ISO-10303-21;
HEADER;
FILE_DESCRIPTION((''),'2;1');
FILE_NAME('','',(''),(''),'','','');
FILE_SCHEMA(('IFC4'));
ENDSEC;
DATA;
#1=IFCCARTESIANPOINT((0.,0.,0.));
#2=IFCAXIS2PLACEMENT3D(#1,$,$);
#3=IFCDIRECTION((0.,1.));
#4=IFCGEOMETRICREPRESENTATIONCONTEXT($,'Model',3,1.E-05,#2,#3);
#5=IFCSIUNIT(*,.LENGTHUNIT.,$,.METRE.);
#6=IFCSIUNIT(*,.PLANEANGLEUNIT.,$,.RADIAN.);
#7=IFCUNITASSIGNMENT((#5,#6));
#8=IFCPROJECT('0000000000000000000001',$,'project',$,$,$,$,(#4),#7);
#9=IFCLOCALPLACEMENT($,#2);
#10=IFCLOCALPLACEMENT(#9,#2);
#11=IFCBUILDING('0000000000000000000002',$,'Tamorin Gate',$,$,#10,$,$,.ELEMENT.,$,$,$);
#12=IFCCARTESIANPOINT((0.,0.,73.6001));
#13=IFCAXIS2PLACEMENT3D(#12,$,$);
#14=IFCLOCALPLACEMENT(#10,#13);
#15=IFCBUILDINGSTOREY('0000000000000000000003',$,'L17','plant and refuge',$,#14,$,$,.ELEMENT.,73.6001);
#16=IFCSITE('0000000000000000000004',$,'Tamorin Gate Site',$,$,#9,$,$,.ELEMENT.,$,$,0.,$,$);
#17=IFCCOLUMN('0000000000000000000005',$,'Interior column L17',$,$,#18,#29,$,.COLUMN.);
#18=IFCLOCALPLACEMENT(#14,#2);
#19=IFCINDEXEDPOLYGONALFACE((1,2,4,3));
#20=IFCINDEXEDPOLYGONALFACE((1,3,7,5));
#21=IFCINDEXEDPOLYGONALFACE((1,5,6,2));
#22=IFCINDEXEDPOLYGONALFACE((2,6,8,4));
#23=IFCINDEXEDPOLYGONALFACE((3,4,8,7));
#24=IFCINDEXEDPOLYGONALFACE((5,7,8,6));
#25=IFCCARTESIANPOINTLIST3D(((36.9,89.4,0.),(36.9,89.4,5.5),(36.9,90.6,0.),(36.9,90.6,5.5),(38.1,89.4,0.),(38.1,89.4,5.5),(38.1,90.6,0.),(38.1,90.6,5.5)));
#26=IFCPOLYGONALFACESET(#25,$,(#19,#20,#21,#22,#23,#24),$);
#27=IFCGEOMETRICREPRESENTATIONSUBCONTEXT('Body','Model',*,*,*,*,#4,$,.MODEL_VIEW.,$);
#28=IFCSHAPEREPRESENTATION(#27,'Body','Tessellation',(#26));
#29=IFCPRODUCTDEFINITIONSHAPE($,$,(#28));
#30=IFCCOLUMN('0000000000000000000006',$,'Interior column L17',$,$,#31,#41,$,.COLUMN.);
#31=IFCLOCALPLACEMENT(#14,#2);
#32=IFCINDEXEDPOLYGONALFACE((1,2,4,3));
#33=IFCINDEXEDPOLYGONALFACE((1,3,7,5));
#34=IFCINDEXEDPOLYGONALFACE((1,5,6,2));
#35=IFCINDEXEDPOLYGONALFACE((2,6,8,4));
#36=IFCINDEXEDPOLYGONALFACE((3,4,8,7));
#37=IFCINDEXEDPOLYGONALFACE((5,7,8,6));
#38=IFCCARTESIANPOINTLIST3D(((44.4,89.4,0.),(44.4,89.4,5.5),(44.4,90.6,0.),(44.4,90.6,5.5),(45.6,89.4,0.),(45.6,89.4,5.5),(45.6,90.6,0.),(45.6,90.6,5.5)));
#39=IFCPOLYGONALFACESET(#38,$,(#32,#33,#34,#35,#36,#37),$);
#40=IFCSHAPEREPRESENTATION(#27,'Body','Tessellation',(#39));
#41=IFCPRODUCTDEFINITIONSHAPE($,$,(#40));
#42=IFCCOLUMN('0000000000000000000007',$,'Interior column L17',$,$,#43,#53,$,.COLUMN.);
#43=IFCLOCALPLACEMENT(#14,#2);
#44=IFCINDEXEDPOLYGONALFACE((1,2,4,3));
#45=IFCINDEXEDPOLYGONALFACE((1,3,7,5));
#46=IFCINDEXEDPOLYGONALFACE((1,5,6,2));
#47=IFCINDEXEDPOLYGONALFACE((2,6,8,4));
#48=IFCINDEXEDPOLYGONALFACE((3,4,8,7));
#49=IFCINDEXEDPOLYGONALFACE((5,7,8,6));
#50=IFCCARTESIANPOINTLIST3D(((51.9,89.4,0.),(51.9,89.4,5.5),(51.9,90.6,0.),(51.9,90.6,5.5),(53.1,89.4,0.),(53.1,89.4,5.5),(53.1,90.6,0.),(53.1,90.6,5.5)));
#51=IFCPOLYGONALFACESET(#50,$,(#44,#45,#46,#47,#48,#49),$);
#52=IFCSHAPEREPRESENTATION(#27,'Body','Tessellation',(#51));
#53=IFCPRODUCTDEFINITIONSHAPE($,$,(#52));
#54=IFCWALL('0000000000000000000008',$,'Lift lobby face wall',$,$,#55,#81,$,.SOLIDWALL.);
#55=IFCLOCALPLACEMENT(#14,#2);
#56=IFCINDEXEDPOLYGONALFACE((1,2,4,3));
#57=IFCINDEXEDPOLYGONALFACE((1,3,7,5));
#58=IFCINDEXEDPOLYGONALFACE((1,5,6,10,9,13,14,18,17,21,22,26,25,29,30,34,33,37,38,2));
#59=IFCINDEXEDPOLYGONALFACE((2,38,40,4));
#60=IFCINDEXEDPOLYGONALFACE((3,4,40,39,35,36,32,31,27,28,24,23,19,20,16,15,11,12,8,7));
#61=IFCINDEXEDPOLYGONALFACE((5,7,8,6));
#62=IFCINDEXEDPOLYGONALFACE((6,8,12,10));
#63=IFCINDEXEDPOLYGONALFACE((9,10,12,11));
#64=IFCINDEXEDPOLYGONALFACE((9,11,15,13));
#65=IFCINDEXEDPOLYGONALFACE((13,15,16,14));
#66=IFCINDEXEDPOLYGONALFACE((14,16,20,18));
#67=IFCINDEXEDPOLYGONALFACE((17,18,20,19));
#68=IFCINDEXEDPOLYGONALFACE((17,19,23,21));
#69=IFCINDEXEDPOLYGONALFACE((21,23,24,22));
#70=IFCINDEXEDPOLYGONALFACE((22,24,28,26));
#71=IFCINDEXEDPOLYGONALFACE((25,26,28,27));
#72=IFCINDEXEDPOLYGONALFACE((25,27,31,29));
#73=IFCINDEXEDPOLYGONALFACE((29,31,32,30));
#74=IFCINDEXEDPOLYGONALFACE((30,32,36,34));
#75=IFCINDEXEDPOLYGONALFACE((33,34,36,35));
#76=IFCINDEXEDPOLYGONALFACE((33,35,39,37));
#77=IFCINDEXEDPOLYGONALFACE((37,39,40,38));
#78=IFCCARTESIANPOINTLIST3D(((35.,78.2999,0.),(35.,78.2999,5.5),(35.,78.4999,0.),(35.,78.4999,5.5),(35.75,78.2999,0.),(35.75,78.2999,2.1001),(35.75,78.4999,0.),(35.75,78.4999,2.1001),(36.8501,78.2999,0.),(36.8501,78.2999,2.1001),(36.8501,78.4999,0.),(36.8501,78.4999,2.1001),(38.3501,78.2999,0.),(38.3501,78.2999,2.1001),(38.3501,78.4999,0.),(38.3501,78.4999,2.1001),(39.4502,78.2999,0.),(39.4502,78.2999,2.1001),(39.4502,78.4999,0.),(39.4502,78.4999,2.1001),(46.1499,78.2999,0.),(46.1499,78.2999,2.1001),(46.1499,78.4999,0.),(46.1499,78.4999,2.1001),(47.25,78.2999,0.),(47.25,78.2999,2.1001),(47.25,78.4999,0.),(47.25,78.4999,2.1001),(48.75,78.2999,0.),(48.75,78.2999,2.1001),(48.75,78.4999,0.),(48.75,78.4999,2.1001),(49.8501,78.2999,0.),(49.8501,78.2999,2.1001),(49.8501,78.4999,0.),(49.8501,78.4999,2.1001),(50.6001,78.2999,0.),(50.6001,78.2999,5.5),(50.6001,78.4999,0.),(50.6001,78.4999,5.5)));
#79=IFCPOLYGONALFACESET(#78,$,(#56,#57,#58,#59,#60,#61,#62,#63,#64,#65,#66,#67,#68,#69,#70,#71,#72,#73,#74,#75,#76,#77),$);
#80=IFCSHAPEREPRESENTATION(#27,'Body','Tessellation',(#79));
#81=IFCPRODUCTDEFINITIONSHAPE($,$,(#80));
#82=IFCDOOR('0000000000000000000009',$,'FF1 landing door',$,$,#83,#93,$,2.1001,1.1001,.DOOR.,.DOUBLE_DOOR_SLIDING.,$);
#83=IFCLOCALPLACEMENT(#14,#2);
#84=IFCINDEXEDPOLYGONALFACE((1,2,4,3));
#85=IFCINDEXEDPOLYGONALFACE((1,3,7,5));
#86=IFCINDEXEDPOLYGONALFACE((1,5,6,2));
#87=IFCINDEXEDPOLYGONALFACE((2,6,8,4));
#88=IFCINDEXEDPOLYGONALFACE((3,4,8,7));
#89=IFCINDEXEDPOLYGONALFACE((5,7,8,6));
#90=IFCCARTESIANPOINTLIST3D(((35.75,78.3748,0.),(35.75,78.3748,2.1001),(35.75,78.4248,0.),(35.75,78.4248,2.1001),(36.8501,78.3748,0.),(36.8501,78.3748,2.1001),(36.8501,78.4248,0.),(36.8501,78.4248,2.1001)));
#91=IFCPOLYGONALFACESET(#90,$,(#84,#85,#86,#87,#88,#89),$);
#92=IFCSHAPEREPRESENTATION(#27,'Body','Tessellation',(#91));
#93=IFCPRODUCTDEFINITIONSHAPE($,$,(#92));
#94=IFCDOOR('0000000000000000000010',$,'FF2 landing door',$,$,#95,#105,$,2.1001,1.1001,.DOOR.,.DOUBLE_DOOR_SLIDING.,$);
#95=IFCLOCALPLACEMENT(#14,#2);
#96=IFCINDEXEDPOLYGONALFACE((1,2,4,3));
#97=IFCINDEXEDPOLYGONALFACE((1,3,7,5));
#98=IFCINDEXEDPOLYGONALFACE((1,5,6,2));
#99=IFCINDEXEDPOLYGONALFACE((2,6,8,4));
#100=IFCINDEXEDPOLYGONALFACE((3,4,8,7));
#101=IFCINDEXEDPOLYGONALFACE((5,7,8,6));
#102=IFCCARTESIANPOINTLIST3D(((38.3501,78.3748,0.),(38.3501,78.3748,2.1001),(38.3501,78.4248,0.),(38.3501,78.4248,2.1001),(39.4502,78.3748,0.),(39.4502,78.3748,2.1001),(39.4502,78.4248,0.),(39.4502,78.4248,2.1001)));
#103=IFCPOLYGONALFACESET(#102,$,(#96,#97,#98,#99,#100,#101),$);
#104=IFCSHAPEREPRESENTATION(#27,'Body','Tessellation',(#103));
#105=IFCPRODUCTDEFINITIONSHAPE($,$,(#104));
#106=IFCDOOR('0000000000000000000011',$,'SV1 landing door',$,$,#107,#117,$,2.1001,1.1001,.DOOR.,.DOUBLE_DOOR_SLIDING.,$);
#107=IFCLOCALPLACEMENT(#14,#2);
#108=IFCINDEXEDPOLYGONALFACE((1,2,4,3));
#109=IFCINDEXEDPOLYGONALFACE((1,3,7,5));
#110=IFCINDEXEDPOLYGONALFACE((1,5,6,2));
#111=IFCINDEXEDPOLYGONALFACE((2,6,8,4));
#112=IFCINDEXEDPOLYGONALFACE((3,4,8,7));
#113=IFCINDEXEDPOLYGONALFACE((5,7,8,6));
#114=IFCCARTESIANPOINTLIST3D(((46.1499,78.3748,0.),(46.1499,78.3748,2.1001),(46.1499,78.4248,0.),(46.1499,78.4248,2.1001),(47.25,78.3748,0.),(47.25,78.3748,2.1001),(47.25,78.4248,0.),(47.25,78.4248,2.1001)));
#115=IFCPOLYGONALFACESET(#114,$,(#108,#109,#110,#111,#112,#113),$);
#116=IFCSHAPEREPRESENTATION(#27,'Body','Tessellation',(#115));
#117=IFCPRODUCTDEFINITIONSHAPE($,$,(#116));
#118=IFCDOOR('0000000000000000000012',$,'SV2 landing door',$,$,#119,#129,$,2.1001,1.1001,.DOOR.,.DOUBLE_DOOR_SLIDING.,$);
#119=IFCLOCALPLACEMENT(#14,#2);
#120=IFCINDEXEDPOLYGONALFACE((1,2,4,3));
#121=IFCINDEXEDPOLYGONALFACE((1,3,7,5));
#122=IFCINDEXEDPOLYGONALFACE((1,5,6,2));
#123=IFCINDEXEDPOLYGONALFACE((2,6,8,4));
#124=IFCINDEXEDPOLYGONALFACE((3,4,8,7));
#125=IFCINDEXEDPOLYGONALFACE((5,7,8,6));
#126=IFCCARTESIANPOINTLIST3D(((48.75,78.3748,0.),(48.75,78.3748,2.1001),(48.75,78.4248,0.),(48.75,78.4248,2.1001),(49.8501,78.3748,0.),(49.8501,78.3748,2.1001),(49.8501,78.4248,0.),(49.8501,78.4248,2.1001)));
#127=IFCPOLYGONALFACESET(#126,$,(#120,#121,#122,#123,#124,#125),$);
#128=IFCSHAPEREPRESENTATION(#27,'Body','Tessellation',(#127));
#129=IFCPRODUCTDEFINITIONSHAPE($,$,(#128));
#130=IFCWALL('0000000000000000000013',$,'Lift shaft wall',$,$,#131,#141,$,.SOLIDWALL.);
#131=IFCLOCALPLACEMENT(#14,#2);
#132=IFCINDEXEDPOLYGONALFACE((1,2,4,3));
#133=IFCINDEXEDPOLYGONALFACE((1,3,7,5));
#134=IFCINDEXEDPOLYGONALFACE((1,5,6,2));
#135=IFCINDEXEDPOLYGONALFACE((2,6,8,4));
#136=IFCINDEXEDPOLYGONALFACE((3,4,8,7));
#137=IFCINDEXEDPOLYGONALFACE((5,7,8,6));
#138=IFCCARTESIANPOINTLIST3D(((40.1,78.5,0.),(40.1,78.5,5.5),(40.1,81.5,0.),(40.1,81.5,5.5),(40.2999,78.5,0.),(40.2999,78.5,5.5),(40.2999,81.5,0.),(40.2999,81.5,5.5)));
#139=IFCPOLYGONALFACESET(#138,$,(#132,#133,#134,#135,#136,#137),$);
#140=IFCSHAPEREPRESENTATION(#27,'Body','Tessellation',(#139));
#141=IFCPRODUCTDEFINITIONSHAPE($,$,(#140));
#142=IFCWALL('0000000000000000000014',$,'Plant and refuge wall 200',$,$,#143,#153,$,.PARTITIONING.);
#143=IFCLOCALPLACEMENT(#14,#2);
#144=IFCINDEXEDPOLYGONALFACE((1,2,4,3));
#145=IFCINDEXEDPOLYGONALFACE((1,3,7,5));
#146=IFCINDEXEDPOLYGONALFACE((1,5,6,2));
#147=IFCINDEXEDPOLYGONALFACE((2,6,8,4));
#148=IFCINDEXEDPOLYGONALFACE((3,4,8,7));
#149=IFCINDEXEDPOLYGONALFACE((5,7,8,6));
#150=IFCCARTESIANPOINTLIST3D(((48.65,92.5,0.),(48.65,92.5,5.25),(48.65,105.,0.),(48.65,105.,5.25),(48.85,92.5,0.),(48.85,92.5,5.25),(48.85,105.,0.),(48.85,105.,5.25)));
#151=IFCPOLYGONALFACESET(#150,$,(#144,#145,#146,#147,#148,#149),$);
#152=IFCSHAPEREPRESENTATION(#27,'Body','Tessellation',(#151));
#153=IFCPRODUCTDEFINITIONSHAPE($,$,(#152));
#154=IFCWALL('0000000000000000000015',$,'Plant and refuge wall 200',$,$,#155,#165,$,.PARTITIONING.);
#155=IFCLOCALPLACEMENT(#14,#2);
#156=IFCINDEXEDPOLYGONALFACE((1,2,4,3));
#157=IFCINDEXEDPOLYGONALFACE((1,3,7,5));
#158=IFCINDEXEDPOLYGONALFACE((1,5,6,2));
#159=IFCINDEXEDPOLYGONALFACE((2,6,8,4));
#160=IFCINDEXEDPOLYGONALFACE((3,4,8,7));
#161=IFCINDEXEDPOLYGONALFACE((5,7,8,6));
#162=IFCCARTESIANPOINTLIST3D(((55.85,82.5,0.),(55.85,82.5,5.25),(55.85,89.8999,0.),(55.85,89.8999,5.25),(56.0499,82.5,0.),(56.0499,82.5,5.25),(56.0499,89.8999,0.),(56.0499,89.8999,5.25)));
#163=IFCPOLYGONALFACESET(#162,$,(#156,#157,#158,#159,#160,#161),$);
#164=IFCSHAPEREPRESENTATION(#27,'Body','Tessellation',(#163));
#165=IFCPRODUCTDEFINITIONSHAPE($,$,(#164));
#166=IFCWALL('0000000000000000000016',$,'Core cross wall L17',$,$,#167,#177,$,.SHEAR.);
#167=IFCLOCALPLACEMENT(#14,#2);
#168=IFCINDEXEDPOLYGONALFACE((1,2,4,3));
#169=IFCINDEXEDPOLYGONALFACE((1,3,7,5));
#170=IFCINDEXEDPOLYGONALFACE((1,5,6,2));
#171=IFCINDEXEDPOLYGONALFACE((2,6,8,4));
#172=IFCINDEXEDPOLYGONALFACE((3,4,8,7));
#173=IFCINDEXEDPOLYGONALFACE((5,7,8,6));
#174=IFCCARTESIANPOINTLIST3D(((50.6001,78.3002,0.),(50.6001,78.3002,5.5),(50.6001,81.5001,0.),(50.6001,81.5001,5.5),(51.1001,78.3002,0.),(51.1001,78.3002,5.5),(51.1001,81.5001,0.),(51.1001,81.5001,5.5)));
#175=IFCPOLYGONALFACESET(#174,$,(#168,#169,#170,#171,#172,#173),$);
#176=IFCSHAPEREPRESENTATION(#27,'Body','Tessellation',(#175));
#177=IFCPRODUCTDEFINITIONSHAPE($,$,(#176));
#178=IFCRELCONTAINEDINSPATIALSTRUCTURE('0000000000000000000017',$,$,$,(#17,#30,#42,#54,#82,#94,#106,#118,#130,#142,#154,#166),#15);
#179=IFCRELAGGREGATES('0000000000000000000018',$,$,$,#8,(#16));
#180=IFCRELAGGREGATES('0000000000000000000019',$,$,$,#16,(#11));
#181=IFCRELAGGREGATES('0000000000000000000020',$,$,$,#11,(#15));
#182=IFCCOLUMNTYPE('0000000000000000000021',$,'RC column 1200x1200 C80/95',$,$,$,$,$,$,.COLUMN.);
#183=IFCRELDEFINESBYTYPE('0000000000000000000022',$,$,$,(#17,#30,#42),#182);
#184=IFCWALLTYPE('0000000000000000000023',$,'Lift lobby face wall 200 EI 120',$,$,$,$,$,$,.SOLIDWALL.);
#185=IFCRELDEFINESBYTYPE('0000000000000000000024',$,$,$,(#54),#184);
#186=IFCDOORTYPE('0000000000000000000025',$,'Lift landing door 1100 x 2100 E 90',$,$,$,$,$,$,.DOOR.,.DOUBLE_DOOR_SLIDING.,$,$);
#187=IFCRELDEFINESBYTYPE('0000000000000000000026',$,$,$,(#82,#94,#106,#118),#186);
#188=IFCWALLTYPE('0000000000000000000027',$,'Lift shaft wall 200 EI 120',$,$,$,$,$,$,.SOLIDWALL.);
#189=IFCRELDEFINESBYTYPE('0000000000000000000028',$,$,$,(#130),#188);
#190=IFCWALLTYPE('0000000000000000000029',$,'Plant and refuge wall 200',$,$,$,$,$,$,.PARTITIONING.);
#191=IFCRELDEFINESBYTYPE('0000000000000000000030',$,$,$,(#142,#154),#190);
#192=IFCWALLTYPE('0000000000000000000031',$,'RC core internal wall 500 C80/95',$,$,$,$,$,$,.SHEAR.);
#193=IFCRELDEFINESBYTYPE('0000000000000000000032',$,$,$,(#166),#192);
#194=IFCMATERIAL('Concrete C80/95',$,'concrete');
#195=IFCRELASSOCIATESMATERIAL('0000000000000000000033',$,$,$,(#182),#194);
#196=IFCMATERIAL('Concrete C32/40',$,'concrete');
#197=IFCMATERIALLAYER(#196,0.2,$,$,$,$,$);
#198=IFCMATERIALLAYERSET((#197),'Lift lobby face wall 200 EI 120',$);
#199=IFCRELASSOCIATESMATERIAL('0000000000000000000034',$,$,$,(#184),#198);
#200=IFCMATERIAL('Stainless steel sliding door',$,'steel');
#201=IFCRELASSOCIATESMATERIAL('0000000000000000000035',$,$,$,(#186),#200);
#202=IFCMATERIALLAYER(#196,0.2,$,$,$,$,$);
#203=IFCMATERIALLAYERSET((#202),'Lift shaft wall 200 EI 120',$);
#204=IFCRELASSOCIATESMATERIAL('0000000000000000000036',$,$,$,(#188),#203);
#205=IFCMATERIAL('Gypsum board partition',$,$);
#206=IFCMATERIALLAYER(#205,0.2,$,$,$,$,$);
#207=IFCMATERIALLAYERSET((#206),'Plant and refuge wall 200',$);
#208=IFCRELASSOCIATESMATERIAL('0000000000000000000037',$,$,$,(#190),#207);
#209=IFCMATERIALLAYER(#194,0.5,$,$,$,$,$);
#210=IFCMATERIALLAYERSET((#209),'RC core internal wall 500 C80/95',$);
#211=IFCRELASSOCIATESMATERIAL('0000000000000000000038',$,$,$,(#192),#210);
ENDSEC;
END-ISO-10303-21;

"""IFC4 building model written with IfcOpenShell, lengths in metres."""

from ifc_helpers import new_model, si_unit, direction, frame, frame_2d, origin, origin_2d, place, context, subcontext, project, spatial, rectangle, extrude, material, layer, layer_set, material_profile, profile_set, type_object, element, fill, save


model = new_model("IFC4")

# Units and contexts
model_context = context("Model", 3, precision=1e-05, world=origin(), true_north=direction((0.0, 1.0)))
body_context = subcontext(model_context, "Body", "Model", "MODEL_VIEW")
ifc_project = project(units=[si_unit("LENGTHUNIT", "METRE"), si_unit("PLANEANGLEUNIT", "RADIAN")], contexts=[model_context])

# Site, building, storey
site_placement = place(None, origin())
site = spatial("IfcSite", under=ifc_project, at=site_placement, Name="Tamorin Gate Site", CompositionType="ELEMENT", RefElevation=0.0)
building_placement = place(site_placement, origin())
building = spatial("IfcBuilding", under=site, at=building_placement, Name="Tamorin Gate", CompositionType="ELEMENT")
storey_placement = place(building_placement, frame((0.0, 0.0, 73.6001)))
storey = spatial("IfcBuildingStorey", under=building, at=storey_placement, Name="L17", Description="plant and refuge", CompositionType="ELEMENT", Elevation=73.6001)

# Columns
ifc_material_1 = material(Name="Concrete C80/95", Category="concrete")
ifc_material_profile = material_profile(ifc_material_1, rectangle(XDim=1.2, YDim=1.2, at=origin_2d()), Name="RC 1200x1200")
ifc_profile_set = profile_set([ifc_material_profile], Name="Concrete C80/95")
column_type = type_object("IfcColumnType", Name="RC column 1200x1200 C80/95", PredefinedType="COLUMN", material=ifc_profile_set)
for number, where, z_axis, x_axis, name in (
    (1, (37.5, 90.0, 0.0), (0.0, 0.0, 1.0), (1.0, 0.0, 0.0), "Interior column L17"),
    (2, (45.0, 90.0, 0.0), (0.0, 0.0, 1.0), (1.0, 0.0, 0.0), "Interior column L17"),
    (3, (52.5, 90.0, 0.0), (0.0, 0.0, 1.0), (1.0, 0.0, 0.0), "Interior column L17"),
):
    element("IfcColumn", number, at=place(storey_placement, frame(where, z_axis=z_axis, x_axis=x_axis)), inside=storey, type_object=column_type, Name=name, PredefinedType="COLUMN", context=body_context, shape_type="SweptSolid", body=[
        extrude(rectangle(XDim=1.2, YDim=1.2, at=origin_2d()), origin(), (0.0, 0.0, 1.0), 5.5),
    ])

# Wall, openings, doors
ifc_material_2 = material(Name="Concrete C32/40", Category="concrete")
ifc_layer_1 = layer(ifc_material_2, 0.2)
ifc_layer_set_1 = layer_set([ifc_layer_1], Name="Lift lobby face wall 200 EI 120")
wall_type_1 = type_object("IfcWallType", Name="Lift lobby face wall 200 EI 120", PredefinedType="SOLIDWALL", material=ifc_layer_set_1)
wall_1_placement = place(storey_placement, frame((35.0, 78.3999, 0.0), z_axis=(0.0, 0.0, 1.0), x_axis=(1.0, 0.0, 0.0)))
wall_1 = element("IfcWall", 4, at=wall_1_placement, inside=storey, type_object=wall_type_1, Name="Lift lobby face wall", PredefinedType="SOLIDWALL", context=body_context, shape_type="SweptSolid", body=[
    extrude(rectangle(XDim=15.6001, YDim=0.2, at=frame_2d((7.8, 0.0))), origin(), (0.0, 0.0, 1.0), 5.5),
])
opening_1_placement = place(wall_1_placement, frame((0.75, 0.0, 0.0)))
opening_1 = element("IfcOpeningElement", 5, at=opening_1_placement, cuts=wall_1, PredefinedType="OPENING", context=body_context, shape_type="SweptSolid", body=[
    extrude(rectangle(XDim=1.1001, YDim=2.1001, at=frame_2d((0.55, 1.05))), frame((0.0, 0.1099, 0.0), z_axis=(0.0, -1.0, 0.0), x_axis=(1.0, 0.0, 0.0)), (0.0, 0.0, 1.0), 0.22),
])
opening_2_placement = place(wall_1_placement, frame((3.3501, 0.0, 0.0)))
opening_2 = element("IfcOpeningElement", 6, at=opening_2_placement, cuts=wall_1, PredefinedType="OPENING", context=body_context, shape_type="SweptSolid", body=[
    extrude(rectangle(XDim=1.1001, YDim=2.1001, at=frame_2d((0.55, 1.05))), frame((0.0, 0.1099, 0.0), z_axis=(0.0, -1.0, 0.0), x_axis=(1.0, 0.0, 0.0)), (0.0, 0.0, 1.0), 0.22),
])
opening_3_placement = place(wall_1_placement, frame((11.1499, 0.0, 0.0)))
opening_3 = element("IfcOpeningElement", 7, at=opening_3_placement, cuts=wall_1, PredefinedType="OPENING", context=body_context, shape_type="SweptSolid", body=[
    extrude(rectangle(XDim=1.1001, YDim=2.1001, at=frame_2d((0.55, 1.05))), frame((0.0, 0.1099, 0.0), z_axis=(0.0, -1.0, 0.0), x_axis=(1.0, 0.0, 0.0)), (0.0, 0.0, 1.0), 0.22),
])
opening_4_placement = place(wall_1_placement, frame((13.75, 0.0, 0.0)))
opening_4 = element("IfcOpeningElement", 8, at=opening_4_placement, cuts=wall_1, PredefinedType="OPENING", context=body_context, shape_type="SweptSolid", body=[
    extrude(rectangle(XDim=1.1001, YDim=2.1001, at=frame_2d((0.55, 1.05))), frame((0.0, 0.1099, 0.0), z_axis=(0.0, -1.0, 0.0), x_axis=(1.0, 0.0, 0.0)), (0.0, 0.0, 1.0), 0.22),
])
ifc_material_3 = material(Name="Stainless steel sliding door", Category="steel")
door_type_1 = type_object("IfcDoorType", Name="Lift landing door 1100 x 2100 E 90", OperationType="DOUBLE_DOOR_SLIDING", PredefinedType="DOOR", material=ifc_material_3)
door_1_placement = place(opening_1_placement, origin())
door_1 = element("IfcDoor", 9, at=door_1_placement, inside=storey, type_object=door_type_1, Name="FF1 landing door", OperationType="DOUBLE_DOOR_SLIDING", OverallHeight=2.1001, OverallWidth=1.1001, PredefinedType="DOOR", context=body_context, shape_type="SweptSolid", body=[
    extrude(rectangle(XDim=1.1001, YDim=2.1001, at=frame_2d((0.55, 1.05))), frame((0.0, 0.0249, 0.0), z_axis=(0.0, -1.0, 0.0), x_axis=(1.0, 0.0, 0.0)), (0.0, 0.0, 1.0), 0.05),
])
fill(opening_1, door_1)
door_2_placement = place(opening_2_placement, origin())
door_2 = element("IfcDoor", 10, at=door_2_placement, inside=storey, type_object=door_type_1, Name="FF2 landing door", OperationType="DOUBLE_DOOR_SLIDING", OverallHeight=2.1001, OverallWidth=1.1001, PredefinedType="DOOR", context=body_context, shape_type="SweptSolid", body=[
    extrude(rectangle(XDim=1.1001, YDim=2.1001, at=frame_2d((0.55, 1.05))), frame((0.0, 0.0249, 0.0), z_axis=(0.0, -1.0, 0.0), x_axis=(1.0, 0.0, 0.0)), (0.0, 0.0, 1.0), 0.05),
])
fill(opening_2, door_2)
door_3_placement = place(opening_3_placement, origin())
door_3 = element("IfcDoor", 11, at=door_3_placement, inside=storey, type_object=door_type_1, Name="SV1 landing door", OperationType="DOUBLE_DOOR_SLIDING", OverallHeight=2.1001, OverallWidth=1.1001, PredefinedType="DOOR", context=body_context, shape_type="SweptSolid", body=[
    extrude(rectangle(XDim=1.1001, YDim=2.1001, at=frame_2d((0.55, 1.05))), frame((0.0, 0.0249, 0.0), z_axis=(0.0, -1.0, 0.0), x_axis=(1.0, 0.0, 0.0)), (0.0, 0.0, 1.0), 0.05),
])
fill(opening_3, door_3)
door_4_placement = place(opening_4_placement, origin())
door_4 = element("IfcDoor", 12, at=door_4_placement, inside=storey, type_object=door_type_1, Name="SV2 landing door", OperationType="DOUBLE_DOOR_SLIDING", OverallHeight=2.1001, OverallWidth=1.1001, PredefinedType="DOOR", context=body_context, shape_type="SweptSolid", body=[
    extrude(rectangle(XDim=1.1001, YDim=2.1001, at=frame_2d((0.55, 1.05))), frame((0.0, 0.0249, 0.0), z_axis=(0.0, -1.0, 0.0), x_axis=(1.0, 0.0, 0.0)), (0.0, 0.0, 1.0), 0.05),
])
fill(opening_4, door_4)

# Walls
ifc_layer_2 = layer(ifc_material_2, 0.2)
ifc_layer_set_2 = layer_set([ifc_layer_2], Name="Lift shaft wall 200 EI 120")
wall_type_2 = type_object("IfcWallType", Name="Lift shaft wall 200 EI 120", PredefinedType="SOLIDWALL", material=ifc_layer_set_2)
wall_2_placement = place(storey_placement, frame((40.2, 78.5, 0.0), z_axis=(0.0, 0.0, 1.0), x_axis=(0.0, 1.0, 0.0)))
element("IfcWall", 13, at=wall_2_placement, inside=storey, type_object=wall_type_2, Name="Lift shaft wall", PredefinedType="SOLIDWALL", context=body_context, shape_type="SweptSolid", body=[
    extrude(rectangle(XDim=3.0, YDim=0.2, at=frame_2d((1.5, 0.0))), origin(), (0.0, 0.0, 1.0), 5.5),
])
ifc_material_4 = material(Name="Gypsum board partition")
ifc_layer_3 = layer(ifc_material_4, 0.2)
ifc_layer_set_3 = layer_set([ifc_layer_3], Name="Plant and refuge wall 200")
wall_type_3 = type_object("IfcWallType", Name="Plant and refuge wall 200", PredefinedType="PARTITIONING", material=ifc_layer_set_3)
wall_3_placement = place(storey_placement, frame((48.75, 92.5, 0.0), z_axis=(0.0, 0.0, 1.0), x_axis=(0.0, 1.0, 0.0)))
element("IfcWall", 14, at=wall_3_placement, inside=storey, type_object=wall_type_3, Name="Plant and refuge wall 200", PredefinedType="PARTITIONING", context=body_context, shape_type="SweptSolid", body=[
    extrude(rectangle(XDim=12.5, YDim=0.2, at=frame_2d((6.25, 0.0))), origin(), (0.0, 0.0, 1.0), 5.25),
])
wall_4_placement = place(storey_placement, frame((55.95, 82.5, 0.0), z_axis=(0.0, 0.0, 1.0), x_axis=(0.0, 1.0, 0.0)))
element("IfcWall", 15, at=wall_4_placement, inside=storey, type_object=wall_type_3, Name="Plant and refuge wall 200", PredefinedType="PARTITIONING", context=body_context, shape_type="SweptSolid", body=[
    extrude(rectangle(XDim=7.3999, YDim=0.2, at=frame_2d((3.7, 0.0))), origin(), (0.0, 0.0, 1.0), 5.25),
])
ifc_layer_4 = layer(ifc_material_1, 0.5)
ifc_layer_set_4 = layer_set([ifc_layer_4], Name="RC core internal wall 500 C80/95")
wall_type_4 = type_object("IfcWallType", Name="RC core internal wall 500 C80/95", PredefinedType="SHEAR", material=ifc_layer_set_4)
wall_5_placement = place(storey_placement, frame((50.8501, 78.3, 0.0), z_axis=(0.0, 0.0, 1.0), x_axis=(0.0, 1.0, 0.0)))
element("IfcWall", 16, at=wall_5_placement, inside=storey, type_object=wall_type_4, Name="Core cross wall L17", PredefinedType="SHEAR", context=body_context, shape_type="SweptSolid", body=[
    extrude(rectangle(XDim=3.2, YDim=0.5, at=frame_2d((1.6001, 0.0))), origin(), (0.0, 0.0, 1.0), 5.5),
])

save(model, "model.ifc")
